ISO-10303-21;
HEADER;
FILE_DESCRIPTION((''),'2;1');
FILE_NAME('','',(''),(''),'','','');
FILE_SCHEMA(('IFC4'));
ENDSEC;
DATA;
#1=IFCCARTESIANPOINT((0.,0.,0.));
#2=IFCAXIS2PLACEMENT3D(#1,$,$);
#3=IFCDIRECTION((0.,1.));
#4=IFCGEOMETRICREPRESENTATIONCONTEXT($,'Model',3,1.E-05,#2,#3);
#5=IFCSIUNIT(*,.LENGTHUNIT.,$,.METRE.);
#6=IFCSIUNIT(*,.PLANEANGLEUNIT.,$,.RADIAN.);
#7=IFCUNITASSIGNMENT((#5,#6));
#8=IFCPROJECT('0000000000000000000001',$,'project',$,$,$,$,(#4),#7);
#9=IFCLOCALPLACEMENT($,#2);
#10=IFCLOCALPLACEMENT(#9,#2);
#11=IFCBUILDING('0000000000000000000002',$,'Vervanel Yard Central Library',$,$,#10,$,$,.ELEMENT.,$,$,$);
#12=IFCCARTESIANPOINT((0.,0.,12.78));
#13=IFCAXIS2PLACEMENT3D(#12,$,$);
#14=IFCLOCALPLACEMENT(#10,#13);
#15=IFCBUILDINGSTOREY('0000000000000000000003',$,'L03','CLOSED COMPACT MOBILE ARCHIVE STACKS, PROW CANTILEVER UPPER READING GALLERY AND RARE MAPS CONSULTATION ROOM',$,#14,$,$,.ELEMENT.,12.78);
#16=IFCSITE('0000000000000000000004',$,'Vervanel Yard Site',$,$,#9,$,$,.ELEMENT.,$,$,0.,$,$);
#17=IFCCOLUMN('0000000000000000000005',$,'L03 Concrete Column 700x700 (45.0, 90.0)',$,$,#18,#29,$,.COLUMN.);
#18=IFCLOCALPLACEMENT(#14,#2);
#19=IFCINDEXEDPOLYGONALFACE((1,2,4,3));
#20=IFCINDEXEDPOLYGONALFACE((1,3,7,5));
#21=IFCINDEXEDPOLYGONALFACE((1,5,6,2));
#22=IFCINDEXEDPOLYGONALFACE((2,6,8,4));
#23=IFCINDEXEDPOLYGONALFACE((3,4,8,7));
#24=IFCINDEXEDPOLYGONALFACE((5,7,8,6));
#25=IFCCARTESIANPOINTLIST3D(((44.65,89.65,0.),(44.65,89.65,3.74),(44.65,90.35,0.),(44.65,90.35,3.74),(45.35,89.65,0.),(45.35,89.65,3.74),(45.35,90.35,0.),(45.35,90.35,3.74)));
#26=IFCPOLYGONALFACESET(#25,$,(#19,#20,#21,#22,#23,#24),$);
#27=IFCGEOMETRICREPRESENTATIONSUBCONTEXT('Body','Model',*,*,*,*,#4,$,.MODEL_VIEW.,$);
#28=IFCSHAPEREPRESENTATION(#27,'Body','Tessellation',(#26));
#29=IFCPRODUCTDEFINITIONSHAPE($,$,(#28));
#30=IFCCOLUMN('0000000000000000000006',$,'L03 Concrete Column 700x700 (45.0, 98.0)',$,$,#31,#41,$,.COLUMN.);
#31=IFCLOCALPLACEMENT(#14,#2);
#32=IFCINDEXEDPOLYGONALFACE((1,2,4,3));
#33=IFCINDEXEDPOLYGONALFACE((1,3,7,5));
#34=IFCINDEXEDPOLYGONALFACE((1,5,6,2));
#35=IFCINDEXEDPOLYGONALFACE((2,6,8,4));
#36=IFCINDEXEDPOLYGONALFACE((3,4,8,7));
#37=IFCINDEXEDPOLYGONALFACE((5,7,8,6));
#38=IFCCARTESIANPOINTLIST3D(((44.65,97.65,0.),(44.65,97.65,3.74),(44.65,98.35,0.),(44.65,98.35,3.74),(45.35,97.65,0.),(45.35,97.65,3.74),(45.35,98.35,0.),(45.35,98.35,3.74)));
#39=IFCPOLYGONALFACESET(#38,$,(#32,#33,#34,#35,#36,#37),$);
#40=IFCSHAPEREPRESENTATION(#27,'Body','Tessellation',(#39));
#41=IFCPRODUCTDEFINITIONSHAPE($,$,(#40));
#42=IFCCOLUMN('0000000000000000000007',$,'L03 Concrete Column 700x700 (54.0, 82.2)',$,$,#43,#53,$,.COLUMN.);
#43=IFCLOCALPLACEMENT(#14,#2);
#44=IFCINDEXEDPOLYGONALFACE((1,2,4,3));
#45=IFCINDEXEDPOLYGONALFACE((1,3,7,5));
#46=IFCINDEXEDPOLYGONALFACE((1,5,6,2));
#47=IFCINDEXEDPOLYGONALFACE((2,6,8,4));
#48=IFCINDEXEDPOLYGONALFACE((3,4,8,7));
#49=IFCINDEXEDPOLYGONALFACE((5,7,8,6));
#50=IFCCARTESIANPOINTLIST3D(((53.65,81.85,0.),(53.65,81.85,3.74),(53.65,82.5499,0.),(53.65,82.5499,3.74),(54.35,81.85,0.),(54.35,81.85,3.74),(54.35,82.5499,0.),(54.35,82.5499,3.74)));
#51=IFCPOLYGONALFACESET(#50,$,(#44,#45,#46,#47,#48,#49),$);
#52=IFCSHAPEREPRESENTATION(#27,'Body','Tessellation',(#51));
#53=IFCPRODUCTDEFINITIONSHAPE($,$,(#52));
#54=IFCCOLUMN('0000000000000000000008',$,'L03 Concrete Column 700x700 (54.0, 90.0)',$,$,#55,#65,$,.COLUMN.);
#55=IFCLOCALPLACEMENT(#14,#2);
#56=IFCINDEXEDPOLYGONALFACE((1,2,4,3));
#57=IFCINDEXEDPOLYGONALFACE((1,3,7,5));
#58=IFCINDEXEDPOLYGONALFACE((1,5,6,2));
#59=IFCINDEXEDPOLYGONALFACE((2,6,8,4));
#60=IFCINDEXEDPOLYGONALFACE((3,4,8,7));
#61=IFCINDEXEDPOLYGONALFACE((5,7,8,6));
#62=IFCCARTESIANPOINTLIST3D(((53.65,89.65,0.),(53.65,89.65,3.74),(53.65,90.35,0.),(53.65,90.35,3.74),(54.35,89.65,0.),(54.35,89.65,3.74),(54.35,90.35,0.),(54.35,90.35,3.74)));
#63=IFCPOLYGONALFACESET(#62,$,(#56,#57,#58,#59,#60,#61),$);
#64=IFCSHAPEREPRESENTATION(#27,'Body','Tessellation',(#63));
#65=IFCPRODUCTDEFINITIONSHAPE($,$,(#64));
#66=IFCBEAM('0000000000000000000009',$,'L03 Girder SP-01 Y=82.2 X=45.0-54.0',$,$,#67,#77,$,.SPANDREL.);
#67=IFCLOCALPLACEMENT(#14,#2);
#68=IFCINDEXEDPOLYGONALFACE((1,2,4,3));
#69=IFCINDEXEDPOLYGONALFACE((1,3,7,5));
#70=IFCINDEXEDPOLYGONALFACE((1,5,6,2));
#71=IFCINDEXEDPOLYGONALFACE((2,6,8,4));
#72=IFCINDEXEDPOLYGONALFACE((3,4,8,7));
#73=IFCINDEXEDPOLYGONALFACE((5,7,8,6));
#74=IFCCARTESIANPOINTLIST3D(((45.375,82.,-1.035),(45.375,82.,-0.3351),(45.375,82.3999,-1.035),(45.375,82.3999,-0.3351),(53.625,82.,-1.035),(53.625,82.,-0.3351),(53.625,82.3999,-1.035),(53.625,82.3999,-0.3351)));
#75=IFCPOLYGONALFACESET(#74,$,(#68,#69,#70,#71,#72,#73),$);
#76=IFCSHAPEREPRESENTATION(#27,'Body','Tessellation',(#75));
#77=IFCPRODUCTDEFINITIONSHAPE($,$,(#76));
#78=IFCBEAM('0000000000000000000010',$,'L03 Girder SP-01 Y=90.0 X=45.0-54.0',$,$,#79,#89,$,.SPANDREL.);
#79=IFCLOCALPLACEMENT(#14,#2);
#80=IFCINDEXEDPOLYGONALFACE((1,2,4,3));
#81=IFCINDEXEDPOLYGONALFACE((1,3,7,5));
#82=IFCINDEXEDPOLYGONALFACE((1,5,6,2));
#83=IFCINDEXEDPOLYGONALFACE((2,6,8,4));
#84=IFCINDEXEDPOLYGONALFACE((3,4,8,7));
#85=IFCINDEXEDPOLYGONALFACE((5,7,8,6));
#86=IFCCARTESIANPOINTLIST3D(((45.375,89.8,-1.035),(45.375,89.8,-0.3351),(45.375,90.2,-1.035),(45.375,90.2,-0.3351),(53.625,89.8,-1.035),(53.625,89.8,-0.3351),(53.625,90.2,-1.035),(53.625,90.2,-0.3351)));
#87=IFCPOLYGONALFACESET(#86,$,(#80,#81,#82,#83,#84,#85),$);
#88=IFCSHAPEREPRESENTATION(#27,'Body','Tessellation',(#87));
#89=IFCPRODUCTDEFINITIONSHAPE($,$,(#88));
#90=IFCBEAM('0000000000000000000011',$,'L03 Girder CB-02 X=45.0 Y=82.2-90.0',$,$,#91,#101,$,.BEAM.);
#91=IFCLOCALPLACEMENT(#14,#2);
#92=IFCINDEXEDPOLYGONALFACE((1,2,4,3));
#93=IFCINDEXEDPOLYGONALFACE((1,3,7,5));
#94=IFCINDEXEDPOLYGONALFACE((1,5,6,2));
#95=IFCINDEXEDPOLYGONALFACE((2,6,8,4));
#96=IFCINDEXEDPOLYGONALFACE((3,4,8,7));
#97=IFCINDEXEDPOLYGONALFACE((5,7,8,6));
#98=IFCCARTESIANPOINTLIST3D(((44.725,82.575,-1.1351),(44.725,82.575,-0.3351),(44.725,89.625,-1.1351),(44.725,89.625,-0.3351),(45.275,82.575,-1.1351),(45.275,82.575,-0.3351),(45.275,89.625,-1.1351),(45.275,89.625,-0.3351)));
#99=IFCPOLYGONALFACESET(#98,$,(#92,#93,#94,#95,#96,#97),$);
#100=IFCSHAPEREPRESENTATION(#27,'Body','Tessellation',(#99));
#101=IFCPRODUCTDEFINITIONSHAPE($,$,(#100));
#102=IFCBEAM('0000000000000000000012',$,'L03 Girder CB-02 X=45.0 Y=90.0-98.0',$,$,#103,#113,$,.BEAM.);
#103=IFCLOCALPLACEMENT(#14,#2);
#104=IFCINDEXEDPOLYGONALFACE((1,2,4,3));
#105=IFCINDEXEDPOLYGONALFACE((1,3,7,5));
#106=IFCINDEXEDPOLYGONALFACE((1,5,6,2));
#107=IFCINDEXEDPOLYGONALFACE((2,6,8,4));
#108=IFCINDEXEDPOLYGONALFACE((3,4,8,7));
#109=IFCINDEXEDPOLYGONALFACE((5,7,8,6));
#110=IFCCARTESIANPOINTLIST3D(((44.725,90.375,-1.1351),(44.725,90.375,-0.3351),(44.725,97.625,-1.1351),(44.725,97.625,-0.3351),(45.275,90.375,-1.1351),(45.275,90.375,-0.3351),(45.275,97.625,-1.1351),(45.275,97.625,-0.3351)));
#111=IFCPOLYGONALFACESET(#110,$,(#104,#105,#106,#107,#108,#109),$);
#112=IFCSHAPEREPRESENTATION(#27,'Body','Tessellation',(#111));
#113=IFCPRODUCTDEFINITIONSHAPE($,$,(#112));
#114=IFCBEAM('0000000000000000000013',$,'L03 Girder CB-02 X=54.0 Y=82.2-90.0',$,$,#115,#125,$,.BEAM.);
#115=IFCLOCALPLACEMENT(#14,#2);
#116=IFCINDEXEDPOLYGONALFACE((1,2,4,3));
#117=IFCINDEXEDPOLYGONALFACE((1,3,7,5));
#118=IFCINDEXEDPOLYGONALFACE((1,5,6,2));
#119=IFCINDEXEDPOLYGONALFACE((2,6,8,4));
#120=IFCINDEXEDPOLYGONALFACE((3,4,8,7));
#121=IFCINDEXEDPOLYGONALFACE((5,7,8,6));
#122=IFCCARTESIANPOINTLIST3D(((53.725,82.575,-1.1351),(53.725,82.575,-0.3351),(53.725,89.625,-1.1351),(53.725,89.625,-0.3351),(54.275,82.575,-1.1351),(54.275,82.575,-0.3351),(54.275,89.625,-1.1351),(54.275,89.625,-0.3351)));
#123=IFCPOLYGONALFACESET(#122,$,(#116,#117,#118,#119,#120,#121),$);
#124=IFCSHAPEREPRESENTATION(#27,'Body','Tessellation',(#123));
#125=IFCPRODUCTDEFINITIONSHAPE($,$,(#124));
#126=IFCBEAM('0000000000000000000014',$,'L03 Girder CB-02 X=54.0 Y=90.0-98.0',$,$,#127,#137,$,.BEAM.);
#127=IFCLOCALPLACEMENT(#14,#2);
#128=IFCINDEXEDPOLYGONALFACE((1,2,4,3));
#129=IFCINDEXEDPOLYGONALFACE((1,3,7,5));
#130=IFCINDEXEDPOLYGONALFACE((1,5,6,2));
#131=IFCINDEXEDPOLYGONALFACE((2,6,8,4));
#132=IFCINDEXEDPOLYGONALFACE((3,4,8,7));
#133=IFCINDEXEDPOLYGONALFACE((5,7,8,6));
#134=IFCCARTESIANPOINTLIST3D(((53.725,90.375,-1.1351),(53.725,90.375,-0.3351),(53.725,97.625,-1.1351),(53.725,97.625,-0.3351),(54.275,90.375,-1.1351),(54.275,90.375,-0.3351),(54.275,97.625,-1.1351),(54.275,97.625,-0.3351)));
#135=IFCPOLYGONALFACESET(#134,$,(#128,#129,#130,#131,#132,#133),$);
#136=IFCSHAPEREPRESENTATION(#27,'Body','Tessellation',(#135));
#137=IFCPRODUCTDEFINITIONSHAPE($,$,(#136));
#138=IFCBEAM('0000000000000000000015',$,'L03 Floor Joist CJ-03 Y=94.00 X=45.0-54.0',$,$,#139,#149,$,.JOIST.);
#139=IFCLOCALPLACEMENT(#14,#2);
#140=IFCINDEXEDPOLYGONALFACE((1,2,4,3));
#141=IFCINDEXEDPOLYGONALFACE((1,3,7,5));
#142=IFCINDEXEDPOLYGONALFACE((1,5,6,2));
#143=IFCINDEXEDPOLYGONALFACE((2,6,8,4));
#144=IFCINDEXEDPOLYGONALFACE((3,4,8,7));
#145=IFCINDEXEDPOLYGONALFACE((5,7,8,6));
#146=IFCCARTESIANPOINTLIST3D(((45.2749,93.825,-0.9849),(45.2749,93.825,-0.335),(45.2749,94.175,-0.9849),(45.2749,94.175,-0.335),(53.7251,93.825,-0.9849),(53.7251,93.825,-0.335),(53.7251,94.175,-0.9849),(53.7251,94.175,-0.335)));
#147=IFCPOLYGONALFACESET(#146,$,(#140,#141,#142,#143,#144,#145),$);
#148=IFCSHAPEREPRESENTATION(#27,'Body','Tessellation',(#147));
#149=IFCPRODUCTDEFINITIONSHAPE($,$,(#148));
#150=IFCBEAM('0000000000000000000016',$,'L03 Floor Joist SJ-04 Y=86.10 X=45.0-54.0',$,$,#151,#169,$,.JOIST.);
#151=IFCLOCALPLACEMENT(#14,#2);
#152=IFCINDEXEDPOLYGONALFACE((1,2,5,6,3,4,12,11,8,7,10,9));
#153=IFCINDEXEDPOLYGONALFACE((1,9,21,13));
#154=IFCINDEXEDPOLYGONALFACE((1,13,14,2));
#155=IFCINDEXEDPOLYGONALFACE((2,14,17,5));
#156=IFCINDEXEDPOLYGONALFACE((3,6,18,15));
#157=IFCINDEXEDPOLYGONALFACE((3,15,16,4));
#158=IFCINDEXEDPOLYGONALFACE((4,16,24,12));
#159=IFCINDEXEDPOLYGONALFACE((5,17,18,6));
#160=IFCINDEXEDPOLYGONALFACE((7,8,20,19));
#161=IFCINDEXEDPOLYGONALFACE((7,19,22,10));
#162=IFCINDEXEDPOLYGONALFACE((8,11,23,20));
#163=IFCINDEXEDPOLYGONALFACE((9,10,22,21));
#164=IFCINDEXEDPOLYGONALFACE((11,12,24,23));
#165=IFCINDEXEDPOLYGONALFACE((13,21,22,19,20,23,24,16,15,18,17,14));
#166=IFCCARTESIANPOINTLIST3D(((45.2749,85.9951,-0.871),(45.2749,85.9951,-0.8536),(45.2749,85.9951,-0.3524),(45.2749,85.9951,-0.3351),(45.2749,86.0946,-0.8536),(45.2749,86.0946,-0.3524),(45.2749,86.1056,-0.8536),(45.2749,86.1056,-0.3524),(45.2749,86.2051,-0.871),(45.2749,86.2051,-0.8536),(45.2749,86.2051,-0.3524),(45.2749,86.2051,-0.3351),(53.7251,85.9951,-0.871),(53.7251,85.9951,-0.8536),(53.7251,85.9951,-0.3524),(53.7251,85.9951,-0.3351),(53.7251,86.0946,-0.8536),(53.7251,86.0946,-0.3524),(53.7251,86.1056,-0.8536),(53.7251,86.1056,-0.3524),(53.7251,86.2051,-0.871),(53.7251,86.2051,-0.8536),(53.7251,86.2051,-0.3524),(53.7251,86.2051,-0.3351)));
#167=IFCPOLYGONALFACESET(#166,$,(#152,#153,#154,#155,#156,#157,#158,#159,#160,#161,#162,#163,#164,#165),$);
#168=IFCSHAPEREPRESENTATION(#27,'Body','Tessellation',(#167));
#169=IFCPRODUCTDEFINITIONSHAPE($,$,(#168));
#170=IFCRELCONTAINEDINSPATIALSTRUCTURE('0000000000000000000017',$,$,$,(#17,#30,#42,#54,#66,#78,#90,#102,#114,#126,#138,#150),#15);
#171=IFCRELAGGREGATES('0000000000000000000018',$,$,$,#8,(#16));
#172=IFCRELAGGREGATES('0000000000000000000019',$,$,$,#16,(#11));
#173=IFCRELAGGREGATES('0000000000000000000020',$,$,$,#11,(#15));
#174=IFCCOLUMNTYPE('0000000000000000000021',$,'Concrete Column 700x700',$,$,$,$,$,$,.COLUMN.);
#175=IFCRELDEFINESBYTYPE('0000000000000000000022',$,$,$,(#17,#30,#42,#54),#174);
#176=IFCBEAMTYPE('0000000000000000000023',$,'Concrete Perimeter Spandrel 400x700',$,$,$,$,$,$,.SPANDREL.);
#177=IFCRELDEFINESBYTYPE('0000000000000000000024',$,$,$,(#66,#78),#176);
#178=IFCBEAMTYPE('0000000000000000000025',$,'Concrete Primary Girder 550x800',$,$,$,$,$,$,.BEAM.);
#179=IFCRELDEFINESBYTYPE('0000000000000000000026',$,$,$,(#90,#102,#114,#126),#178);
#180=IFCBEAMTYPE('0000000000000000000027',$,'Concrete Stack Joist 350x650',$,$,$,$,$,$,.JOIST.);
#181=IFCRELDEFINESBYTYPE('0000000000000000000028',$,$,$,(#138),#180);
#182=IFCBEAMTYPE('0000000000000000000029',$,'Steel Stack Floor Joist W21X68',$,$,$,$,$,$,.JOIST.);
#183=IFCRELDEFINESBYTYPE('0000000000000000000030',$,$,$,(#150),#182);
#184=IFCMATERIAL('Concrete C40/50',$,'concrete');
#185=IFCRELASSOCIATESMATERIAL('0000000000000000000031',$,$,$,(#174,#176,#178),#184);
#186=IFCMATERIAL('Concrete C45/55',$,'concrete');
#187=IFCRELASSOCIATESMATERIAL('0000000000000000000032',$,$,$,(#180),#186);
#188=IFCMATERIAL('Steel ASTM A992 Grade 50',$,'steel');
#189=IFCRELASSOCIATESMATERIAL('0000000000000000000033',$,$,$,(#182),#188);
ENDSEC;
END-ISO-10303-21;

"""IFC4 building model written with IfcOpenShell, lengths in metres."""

from ifc_helpers import new_model, si_unit, direction, frame, origin, origin_2d, place, context, subcontext, project, spatial, rectangle, i_section, extrude, material, material_profile, profile_set, type_object, element, save


model = new_model("IFC4")

# Units and contexts
model_context = context("Model", 3, precision=1e-05, world=origin(), true_north=direction((0.0, 1.0)))
body_context = subcontext(model_context, "Body", "Model", "MODEL_VIEW")
ifc_project = project(units=[si_unit("LENGTHUNIT", "METRE"), si_unit("PLANEANGLEUNIT", "RADIAN")], contexts=[model_context])

# Site, building, storey
site_placement = place(None, origin())
site = spatial("IfcSite", under=ifc_project, at=site_placement, Name="Vervanel Yard Site", CompositionType="ELEMENT", RefElevation=0.0)
building_placement = place(site_placement, origin())
building = spatial("IfcBuilding", under=site, at=building_placement, Name="Vervanel Yard Central Library", CompositionType="ELEMENT")
storey_placement = place(building_placement, frame((0.0, 0.0, 12.78)))
storey = spatial("IfcBuildingStorey", under=building, at=storey_placement, Name="L03", Description="CLOSED COMPACT MOBILE ARCHIVE STACKS, PROW CANTILEVER UPPER READING GALLERY AND RARE MAPS CONSULTATION ROOM", CompositionType="ELEMENT", Elevation=12.78)

# Columns
ifc_material_1 = material(Name="Concrete C40/50", Category="concrete")
ifc_material_profile_1 = material_profile(ifc_material_1, rectangle(XDim=0.7, YDim=0.7, at=origin_2d()), Name="RC 700x700", Category="concrete")
ifc_profile_set_1 = profile_set([ifc_material_profile_1], Name="Concrete C40/50")
column_type = type_object("IfcColumnType", Name="Concrete Column 700x700", PredefinedType="COLUMN", material=ifc_profile_set_1)
for number, where, z_axis, x_axis, name in (
    (1, (45.0, 90.0, 0.0), (0.0, 0.0, 1.0), (1.0, 0.0, 0.0), "L03 Concrete Column 700x700 (45.0, 90.0)"),
    (2, (45.0, 98.0, 0.0), (0.0, 0.0, 1.0), (1.0, 0.0, 0.0), "L03 Concrete Column 700x700 (45.0, 98.0)"),
    (3, (54.0, 82.2, 0.0), (0.0, 0.0, 1.0), (1.0, 0.0, 0.0), "L03 Concrete Column 700x700 (54.0, 82.2)"),
    (4, (54.0, 90.0, 0.0), (0.0, 0.0, 1.0), (1.0, 0.0, 0.0), "L03 Concrete Column 700x700 (54.0, 90.0)"),
):
    element("IfcColumn", number, at=place(storey_placement, frame(where, z_axis=z_axis, x_axis=x_axis)), inside=storey, type_object=column_type, Name=name, PredefinedType="COLUMN", context=body_context, shape_type="SweptSolid", body=[
        extrude(rectangle(XDim=0.7, YDim=0.7, at=origin_2d()), origin(), (0.0, 0.0, 1.0), 3.74),
    ])

# Beams
ifc_material_profile_2 = material_profile(ifc_material_1, rectangle(XDim=0.3999, YDim=0.7, at=origin_2d()), Name="RC 400x700", Category="concrete")
ifc_profile_set_2 = profile_set([ifc_material_profile_2], Name="Concrete C40/50")
beam_type_1 = type_object("IfcBeamType", Name="Concrete Perimeter Spandrel 400x700", PredefinedType="SPANDREL", material=ifc_profile_set_2)
for number, where, z_axis, x_axis, name in (
    (5, (45.375, 82.2, -0.6851), (1.0, 0.0, 0.0), (0.0, 1.0, 0.0), "L03 Girder SP-01 Y=82.2 X=45.0-54.0"),
    (6, (45.375, 90.0, -0.6851), (1.0, 0.0, 0.0), (0.0, 1.0, 0.0), "L03 Girder SP-01 Y=90.0 X=45.0-54.0"),
):
    element("IfcBeam", number, at=place(storey_placement, frame(where, z_axis=z_axis, x_axis=x_axis)), inside=storey, type_object=beam_type_1, Name=name, PredefinedType="SPANDREL", context=body_context, shape_type="SweptSolid", body=[
        extrude(rectangle(XDim=0.3999, YDim=0.7, at=origin_2d()), origin(), (0.0, 0.0, 1.0), 8.25),
    ])
ifc_material_profile_3 = material_profile(ifc_material_1, rectangle(XDim=0.55, YDim=0.8, at=origin_2d()), Name="RC 550x800", Category="concrete")
ifc_profile_set_3 = profile_set([ifc_material_profile_3], Name="Concrete C40/50")
beam_type_2 = type_object("IfcBeamType", Name="Concrete Primary Girder 550x800", PredefinedType="BEAM", material=ifc_profile_set_3)
beam_1_placement = place(storey_placement, frame((45.0, 82.575, -0.7351), z_axis=(0.0, 1.0, 0.0), x_axis=(-1.0, 0.0, 0.0)))
element("IfcBeam", 7, at=beam_1_placement, inside=storey, type_object=beam_type_2, Name="L03 Girder CB-02 X=45.0 Y=82.2-90.0", PredefinedType="BEAM", context=body_context, shape_type="SweptSolid", body=[
    extrude(rectangle(XDim=0.55, YDim=0.8, at=origin_2d()), origin(), (0.0, 0.0, 1.0), 7.05),
])
beam_2_placement = place(storey_placement, frame((45.0, 90.375, -0.7351), z_axis=(0.0, 1.0, 0.0), x_axis=(-1.0, 0.0, 0.0)))
element("IfcBeam", 8, at=beam_2_placement, inside=storey, type_object=beam_type_2, Name="L03 Girder CB-02 X=45.0 Y=90.0-98.0", PredefinedType="BEAM", context=body_context, shape_type="SweptSolid", body=[
    extrude(rectangle(XDim=0.55, YDim=0.8, at=origin_2d()), origin(), (0.0, 0.0, 1.0), 7.25),
])
beam_3_placement = place(storey_placement, frame((54.0, 82.575, -0.7351), z_axis=(0.0, 1.0, 0.0), x_axis=(-1.0, 0.0, 0.0)))
element("IfcBeam", 9, at=beam_3_placement, inside=storey, type_object=beam_type_2, Name="L03 Girder CB-02 X=54.0 Y=82.2-90.0", PredefinedType="BEAM", context=body_context, shape_type="SweptSolid", body=[
    extrude(rectangle(XDim=0.55, YDim=0.8, at=origin_2d()), origin(), (0.0, 0.0, 1.0), 7.05),
])
beam_4_placement = place(storey_placement, frame((54.0, 90.375, -0.7351), z_axis=(0.0, 1.0, 0.0), x_axis=(-1.0, 0.0, 0.0)))
element("IfcBeam", 10, at=beam_4_placement, inside=storey, type_object=beam_type_2, Name="L03 Girder CB-02 X=54.0 Y=90.0-98.0", PredefinedType="BEAM", context=body_context, shape_type="SweptSolid", body=[
    extrude(rectangle(XDim=0.55, YDim=0.8, at=origin_2d()), origin(), (0.0, 0.0, 1.0), 7.25),
])
ifc_material_2 = material(Name="Concrete C45/55", Category="concrete")
ifc_material_profile_4 = material_profile(ifc_material_2, rectangle(XDim=0.3501, YDim=0.6499, at=origin_2d()), Name="RC 350x650", Category="concrete")
ifc_profile_set_4 = profile_set([ifc_material_profile_4], Name="Concrete C45/55")
beam_type_3 = type_object("IfcBeamType", Name="Concrete Stack Joist 350x650", PredefinedType="JOIST", material=ifc_profile_set_4)
beam_5_placement = place(storey_placement, frame((45.2749, 94.0, -0.6599), z_axis=(1.0, 0.0, 0.0), x_axis=(0.0, 1.0, 0.0)))
element("IfcBeam", 11, at=beam_5_placement, inside=storey, type_object=beam_type_3, Name="L03 Floor Joist CJ-03 Y=94.00 X=45.0-54.0", PredefinedType="JOIST", context=body_context, shape_type="SweptSolid", body=[
    extrude(rectangle(XDim=0.3501, YDim=0.6499, at=origin_2d()), origin(), (0.0, 0.0, 1.0), 8.4502),
])
ifc_material_3 = material(Name="Steel ASTM A992 Grade 50", Category="steel")
ifc_material_profile_5 = material_profile(ifc_material_3, i_section(OverallWidth=0.21, OverallDepth=0.5359, WebThickness=0.011, FlangeThickness=0.0173, at=origin_2d()), Name="W21X68", Category="steel")
ifc_profile_set_5 = profile_set([ifc_material_profile_5], Name="Steel ASTM A992 Grade 50")
beam_type_4 = type_object("IfcBeamType", Name="Steel Stack Floor Joist W21X68", PredefinedType="JOIST", material=ifc_profile_set_5)
beam_6_placement = place(storey_placement, frame((45.2749, 86.1001, -0.603), z_axis=(1.0, 0.0, 0.0), x_axis=(0.0, 1.0, 0.0)))
element("IfcBeam", 12, at=beam_6_placement, inside=storey, type_object=beam_type_4, Name="L03 Floor Joist SJ-04 Y=86.10 X=45.0-54.0", PredefinedType="JOIST", context=body_context, shape_type="SweptSolid", body=[
    extrude(i_section(OverallWidth=0.21, OverallDepth=0.5359, WebThickness=0.011, FlangeThickness=0.0173, at=origin_2d()), origin(), (0.0, 0.0, 1.0), 8.4502),
])

save(model, "model.ifc")
